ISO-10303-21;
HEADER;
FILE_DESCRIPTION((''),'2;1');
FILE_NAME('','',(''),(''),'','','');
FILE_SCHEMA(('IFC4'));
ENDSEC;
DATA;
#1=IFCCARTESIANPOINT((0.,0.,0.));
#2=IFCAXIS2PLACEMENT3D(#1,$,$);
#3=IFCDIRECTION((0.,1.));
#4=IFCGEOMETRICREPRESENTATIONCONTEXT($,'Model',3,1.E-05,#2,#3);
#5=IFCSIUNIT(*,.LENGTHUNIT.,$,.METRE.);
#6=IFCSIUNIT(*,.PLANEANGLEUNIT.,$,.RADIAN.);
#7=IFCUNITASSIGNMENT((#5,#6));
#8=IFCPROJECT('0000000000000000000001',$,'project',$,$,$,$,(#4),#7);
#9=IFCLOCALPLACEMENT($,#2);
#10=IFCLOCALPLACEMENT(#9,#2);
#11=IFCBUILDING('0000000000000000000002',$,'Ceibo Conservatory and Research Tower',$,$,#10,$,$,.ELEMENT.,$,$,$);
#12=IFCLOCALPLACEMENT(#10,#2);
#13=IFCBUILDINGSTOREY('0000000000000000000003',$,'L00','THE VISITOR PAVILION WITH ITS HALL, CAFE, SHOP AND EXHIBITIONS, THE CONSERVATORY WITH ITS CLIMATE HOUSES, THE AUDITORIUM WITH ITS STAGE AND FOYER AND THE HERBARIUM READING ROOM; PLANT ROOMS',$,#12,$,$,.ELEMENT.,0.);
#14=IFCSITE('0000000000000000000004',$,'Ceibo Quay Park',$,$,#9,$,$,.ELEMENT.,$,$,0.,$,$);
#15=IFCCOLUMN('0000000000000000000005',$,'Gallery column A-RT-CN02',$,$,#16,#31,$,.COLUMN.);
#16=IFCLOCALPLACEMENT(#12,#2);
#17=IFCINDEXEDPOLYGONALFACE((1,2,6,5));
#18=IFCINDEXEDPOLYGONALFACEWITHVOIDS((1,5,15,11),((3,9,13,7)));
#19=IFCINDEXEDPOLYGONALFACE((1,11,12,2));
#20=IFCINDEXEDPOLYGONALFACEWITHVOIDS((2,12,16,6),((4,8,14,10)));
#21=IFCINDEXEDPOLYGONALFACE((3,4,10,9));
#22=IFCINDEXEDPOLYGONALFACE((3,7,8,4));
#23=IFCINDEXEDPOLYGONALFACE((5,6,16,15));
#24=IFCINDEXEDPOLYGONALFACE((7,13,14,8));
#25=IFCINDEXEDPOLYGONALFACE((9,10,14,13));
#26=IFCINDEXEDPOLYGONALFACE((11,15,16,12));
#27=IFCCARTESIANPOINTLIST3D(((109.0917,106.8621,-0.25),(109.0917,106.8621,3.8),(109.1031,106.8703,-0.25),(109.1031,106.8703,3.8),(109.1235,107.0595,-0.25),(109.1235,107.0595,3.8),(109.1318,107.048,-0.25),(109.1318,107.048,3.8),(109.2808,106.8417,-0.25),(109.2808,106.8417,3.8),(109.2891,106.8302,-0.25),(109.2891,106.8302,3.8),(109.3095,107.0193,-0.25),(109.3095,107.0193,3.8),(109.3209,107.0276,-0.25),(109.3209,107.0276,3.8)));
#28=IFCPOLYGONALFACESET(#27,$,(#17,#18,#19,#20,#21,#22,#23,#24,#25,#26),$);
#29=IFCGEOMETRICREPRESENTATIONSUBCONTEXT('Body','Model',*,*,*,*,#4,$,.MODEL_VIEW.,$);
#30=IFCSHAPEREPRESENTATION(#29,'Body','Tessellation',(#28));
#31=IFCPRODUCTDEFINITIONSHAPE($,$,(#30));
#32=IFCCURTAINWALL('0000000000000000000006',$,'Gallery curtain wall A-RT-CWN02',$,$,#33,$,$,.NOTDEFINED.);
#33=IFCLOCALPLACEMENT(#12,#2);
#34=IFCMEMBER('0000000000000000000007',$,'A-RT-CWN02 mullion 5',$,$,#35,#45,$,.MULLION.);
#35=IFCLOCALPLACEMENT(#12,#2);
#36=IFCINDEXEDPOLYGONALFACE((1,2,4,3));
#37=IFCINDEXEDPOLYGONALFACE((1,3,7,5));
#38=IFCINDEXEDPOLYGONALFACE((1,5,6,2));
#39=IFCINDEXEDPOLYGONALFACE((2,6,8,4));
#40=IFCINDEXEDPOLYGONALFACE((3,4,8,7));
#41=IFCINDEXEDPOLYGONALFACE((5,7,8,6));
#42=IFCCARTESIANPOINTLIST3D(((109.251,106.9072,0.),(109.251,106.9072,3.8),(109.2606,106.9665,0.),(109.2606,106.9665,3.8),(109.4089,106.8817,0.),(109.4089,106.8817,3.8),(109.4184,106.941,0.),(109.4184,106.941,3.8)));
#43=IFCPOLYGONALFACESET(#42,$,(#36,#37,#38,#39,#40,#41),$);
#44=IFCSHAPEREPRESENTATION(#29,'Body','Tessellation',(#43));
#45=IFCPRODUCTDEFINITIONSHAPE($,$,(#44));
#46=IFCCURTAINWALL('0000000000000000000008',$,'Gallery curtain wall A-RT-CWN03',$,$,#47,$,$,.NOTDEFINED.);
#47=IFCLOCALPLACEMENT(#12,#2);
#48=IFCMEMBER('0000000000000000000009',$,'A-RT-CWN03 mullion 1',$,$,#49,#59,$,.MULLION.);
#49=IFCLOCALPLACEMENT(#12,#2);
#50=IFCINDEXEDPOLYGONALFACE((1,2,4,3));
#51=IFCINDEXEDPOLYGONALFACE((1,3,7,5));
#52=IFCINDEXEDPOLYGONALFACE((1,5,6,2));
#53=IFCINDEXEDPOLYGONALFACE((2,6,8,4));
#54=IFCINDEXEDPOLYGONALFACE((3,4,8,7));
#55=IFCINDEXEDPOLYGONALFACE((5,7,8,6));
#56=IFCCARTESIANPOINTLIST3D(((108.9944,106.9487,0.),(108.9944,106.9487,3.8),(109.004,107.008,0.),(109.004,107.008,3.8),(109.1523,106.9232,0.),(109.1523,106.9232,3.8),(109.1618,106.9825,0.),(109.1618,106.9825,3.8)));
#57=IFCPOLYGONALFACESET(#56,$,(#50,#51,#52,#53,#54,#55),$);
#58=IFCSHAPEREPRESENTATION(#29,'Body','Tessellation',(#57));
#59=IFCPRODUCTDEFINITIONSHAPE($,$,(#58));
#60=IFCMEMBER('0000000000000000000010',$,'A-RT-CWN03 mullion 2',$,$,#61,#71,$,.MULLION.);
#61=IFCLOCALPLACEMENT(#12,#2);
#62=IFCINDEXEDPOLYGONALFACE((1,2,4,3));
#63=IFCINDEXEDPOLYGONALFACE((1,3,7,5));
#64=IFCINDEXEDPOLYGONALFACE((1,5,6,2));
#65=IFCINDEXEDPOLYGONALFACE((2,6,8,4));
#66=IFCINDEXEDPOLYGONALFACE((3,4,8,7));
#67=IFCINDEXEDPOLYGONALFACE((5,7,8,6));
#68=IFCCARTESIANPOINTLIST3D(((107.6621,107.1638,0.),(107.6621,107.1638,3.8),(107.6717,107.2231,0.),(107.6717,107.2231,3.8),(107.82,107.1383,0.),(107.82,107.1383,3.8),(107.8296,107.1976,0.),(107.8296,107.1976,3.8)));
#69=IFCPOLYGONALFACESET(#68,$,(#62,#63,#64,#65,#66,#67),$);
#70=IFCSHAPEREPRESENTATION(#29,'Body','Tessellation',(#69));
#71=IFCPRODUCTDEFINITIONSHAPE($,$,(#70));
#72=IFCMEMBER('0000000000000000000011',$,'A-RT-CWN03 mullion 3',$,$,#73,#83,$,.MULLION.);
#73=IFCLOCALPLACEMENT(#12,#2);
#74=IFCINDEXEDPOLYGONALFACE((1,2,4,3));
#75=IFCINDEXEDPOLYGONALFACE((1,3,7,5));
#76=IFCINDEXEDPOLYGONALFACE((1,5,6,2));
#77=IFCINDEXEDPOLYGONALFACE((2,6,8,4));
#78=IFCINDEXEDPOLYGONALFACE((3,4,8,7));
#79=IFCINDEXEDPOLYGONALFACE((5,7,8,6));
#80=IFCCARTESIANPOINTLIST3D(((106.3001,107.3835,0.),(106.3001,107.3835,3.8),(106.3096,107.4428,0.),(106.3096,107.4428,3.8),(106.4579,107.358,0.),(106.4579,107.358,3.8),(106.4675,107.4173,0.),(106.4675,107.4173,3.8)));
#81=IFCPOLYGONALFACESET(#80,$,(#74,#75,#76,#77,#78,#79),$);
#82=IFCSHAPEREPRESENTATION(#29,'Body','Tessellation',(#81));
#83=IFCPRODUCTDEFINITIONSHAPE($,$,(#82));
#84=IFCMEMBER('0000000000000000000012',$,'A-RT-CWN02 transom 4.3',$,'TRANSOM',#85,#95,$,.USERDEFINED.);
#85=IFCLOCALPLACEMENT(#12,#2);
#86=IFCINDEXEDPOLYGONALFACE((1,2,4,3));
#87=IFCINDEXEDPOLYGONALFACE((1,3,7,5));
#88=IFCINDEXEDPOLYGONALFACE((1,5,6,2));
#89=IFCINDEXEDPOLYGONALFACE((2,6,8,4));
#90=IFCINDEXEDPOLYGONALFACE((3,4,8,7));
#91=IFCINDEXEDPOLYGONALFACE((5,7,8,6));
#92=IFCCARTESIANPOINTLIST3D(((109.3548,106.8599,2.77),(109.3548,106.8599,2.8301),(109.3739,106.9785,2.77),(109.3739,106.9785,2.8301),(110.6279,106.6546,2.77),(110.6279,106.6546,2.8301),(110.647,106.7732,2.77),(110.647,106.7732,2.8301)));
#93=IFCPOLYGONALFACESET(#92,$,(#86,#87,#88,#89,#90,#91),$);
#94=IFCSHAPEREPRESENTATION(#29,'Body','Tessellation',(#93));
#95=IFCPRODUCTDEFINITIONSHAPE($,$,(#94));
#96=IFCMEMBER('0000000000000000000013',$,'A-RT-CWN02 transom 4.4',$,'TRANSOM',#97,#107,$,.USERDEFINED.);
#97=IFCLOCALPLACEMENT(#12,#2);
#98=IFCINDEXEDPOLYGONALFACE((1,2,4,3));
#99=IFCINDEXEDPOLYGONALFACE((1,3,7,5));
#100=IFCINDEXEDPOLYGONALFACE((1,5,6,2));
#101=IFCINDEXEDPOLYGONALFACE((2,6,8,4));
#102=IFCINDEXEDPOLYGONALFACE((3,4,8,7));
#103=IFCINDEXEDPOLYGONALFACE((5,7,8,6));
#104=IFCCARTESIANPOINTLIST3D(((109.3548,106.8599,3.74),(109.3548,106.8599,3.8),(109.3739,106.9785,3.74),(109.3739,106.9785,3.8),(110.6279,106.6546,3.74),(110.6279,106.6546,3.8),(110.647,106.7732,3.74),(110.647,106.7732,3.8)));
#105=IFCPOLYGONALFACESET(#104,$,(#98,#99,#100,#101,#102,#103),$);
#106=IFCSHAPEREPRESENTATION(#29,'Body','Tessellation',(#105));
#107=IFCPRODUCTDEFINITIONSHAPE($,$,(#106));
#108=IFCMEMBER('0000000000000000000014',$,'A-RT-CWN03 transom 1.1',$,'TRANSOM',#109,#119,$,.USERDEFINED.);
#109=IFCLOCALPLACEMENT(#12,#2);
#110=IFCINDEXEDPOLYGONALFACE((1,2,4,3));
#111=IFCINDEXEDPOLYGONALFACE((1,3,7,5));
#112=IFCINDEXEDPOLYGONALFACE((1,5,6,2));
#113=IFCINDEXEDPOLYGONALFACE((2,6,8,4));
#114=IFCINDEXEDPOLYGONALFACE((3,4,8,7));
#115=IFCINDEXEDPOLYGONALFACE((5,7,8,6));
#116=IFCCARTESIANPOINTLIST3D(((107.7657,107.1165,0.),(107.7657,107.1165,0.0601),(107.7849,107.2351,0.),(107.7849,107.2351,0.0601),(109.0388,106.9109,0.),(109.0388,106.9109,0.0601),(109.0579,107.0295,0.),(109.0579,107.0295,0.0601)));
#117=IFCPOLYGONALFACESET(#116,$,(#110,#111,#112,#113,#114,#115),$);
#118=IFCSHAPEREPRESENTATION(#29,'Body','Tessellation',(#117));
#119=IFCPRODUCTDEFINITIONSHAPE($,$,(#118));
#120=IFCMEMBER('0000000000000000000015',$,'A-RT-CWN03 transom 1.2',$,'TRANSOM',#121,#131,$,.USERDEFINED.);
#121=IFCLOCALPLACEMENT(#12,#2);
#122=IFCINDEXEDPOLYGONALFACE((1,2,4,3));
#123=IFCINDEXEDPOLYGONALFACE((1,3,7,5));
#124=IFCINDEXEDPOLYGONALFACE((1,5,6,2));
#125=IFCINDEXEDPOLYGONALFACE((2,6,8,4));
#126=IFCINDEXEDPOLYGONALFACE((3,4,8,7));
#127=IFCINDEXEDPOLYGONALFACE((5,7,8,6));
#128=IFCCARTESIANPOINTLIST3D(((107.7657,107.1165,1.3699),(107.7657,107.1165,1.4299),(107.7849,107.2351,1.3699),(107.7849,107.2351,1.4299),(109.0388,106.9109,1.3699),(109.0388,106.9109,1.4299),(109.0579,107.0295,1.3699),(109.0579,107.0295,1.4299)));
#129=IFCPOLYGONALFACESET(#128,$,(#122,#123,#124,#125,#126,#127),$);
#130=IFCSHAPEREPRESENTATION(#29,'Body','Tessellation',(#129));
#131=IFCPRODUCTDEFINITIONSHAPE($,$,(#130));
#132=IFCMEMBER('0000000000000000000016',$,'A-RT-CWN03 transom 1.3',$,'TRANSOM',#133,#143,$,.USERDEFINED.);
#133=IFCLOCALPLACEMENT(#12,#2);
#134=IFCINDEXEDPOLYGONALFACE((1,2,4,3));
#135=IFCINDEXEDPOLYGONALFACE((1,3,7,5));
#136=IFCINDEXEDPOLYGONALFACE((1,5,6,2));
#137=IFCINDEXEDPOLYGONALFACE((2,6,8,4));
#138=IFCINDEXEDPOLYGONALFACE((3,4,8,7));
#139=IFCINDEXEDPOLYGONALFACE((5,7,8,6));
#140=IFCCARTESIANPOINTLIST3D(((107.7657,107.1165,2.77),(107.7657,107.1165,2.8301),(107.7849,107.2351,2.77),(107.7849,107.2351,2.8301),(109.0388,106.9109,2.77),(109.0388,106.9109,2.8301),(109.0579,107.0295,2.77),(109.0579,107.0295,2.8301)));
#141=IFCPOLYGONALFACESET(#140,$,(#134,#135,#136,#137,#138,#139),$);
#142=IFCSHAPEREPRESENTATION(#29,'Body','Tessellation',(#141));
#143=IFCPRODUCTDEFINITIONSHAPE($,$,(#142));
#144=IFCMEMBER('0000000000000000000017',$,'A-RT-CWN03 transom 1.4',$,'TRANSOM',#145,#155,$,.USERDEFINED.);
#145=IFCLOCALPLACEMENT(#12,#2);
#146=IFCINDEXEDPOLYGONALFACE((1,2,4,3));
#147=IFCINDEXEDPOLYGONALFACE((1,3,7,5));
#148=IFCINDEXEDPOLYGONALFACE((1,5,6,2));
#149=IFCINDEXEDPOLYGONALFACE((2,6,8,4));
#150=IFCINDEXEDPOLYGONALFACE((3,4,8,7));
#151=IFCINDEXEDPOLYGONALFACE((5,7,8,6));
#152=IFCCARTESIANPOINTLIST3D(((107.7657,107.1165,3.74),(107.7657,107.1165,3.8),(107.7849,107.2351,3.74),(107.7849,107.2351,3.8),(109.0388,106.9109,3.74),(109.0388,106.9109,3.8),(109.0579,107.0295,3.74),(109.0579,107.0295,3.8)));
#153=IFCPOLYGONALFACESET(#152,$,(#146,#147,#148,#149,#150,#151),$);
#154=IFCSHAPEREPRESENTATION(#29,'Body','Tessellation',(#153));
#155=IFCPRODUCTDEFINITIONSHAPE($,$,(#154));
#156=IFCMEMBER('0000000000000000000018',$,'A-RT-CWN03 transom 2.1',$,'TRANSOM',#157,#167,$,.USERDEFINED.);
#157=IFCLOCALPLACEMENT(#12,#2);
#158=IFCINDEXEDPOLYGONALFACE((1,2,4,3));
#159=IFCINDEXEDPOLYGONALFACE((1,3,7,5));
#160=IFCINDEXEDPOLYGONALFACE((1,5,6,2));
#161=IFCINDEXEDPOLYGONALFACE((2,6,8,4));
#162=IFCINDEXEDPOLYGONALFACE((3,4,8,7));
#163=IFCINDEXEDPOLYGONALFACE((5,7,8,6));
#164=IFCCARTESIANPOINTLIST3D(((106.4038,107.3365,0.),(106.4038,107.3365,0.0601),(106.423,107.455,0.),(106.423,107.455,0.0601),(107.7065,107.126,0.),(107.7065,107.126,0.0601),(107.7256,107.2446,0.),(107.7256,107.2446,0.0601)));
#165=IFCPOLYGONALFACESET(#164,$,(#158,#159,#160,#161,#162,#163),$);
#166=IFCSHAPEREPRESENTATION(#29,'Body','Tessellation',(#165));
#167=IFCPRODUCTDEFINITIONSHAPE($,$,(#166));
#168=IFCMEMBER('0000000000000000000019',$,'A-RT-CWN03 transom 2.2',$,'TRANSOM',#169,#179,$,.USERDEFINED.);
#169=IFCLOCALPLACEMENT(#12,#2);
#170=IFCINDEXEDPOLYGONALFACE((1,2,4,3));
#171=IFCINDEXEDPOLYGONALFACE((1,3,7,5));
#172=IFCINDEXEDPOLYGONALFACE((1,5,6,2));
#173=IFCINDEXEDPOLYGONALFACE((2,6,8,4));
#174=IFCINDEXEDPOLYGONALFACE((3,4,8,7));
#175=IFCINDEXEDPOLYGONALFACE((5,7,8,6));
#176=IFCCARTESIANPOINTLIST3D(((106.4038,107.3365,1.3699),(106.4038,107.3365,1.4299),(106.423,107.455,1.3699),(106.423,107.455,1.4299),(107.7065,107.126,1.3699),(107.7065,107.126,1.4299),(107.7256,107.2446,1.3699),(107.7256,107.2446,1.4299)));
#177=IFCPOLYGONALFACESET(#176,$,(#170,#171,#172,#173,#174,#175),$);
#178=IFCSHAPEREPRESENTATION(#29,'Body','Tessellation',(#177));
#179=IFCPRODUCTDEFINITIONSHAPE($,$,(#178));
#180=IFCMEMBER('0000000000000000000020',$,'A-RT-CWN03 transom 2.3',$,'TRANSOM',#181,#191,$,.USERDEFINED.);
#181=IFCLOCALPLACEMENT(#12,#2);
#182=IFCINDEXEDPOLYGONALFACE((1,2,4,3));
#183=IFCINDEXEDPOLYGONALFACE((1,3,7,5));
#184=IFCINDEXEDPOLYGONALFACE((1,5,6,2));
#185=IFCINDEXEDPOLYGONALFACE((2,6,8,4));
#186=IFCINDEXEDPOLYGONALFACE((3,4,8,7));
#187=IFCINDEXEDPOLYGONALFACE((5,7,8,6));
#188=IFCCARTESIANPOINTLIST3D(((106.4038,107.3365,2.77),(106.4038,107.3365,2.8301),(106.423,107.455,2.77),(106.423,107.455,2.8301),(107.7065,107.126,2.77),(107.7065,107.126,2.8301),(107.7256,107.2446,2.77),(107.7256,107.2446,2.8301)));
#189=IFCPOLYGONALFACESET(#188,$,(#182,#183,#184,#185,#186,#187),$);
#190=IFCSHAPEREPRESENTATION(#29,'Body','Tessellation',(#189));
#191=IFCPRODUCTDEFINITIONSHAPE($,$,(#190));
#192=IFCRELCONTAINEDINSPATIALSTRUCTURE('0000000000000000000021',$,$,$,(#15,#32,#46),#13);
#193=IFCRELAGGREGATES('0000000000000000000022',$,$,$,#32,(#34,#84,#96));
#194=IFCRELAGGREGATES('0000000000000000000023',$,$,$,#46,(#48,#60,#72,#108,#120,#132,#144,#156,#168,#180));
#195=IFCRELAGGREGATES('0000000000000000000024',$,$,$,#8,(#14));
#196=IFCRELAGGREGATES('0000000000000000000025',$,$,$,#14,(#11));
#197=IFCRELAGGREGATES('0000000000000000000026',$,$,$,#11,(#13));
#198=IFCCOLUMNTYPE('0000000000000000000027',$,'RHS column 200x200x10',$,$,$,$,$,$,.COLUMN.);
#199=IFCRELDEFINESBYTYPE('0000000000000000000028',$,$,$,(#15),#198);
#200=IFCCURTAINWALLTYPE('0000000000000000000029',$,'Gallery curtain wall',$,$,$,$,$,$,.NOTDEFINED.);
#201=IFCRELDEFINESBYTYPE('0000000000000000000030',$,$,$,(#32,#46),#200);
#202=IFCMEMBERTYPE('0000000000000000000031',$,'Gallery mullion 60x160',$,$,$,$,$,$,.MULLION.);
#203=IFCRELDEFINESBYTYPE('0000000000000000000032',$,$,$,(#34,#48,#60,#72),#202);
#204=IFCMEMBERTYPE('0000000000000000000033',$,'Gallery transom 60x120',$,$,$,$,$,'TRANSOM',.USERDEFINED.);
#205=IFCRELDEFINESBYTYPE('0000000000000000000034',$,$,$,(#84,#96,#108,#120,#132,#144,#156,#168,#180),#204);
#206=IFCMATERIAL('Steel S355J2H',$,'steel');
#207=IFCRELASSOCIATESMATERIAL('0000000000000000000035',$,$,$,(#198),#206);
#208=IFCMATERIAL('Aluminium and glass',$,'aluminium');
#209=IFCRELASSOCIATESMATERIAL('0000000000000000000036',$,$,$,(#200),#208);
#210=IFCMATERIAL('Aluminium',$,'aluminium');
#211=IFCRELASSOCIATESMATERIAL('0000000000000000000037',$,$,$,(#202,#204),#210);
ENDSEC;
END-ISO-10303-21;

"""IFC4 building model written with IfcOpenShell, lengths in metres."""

from ifc_helpers import new_model, si_unit, direction, frame, origin, origin_2d, place, context, subcontext, project, spatial, rectangle, hollow_rectangle, extrude, material, material_profile, profile_set, type_object, element, aggregate, save


model = new_model("IFC4")

# Units and contexts
model_context = context("Model", 3, precision=1e-05, world=origin(), true_north=direction((0.0, 1.0)))
body_context = subcontext(model_context, "Body", "Model", "MODEL_VIEW")
ifc_project = project(units=[si_unit("LENGTHUNIT", "METRE"), si_unit("PLANEANGLEUNIT", "RADIAN")], contexts=[model_context])

# Site, building, storey
site_placement = place(None, origin())
site = spatial("IfcSite", under=ifc_project, at=site_placement, Name="Ceibo Quay Park", CompositionType="ELEMENT", RefElevation=0.0)
building_placement = place(site_placement, origin())
building = spatial("IfcBuilding", under=site, at=building_placement, Name="Ceibo Conservatory and Research Tower", CompositionType="ELEMENT")
storey_placement = place(building_placement, origin())
storey = spatial("IfcBuildingStorey", under=building, at=storey_placement, Name="L00", Description="THE VISITOR PAVILION WITH ITS HALL, CAFE, SHOP AND EXHIBITIONS, THE CONSERVATORY WITH ITS CLIMATE HOUSES, THE AUDITORIUM WITH ITS STAGE AND FOYER AND THE HERBARIUM READING ROOM; PLANT ROOMS", CompositionType="ELEMENT", Elevation=0.0)

# Column
ifc_material_1 = material(Name="Steel S355J2H", Category="steel")
ifc_material_profile_1 = material_profile(ifc_material_1, hollow_rectangle(XDim=0.2, YDim=0.2, WallThickness=0.01, at=origin_2d()), Name="RHS column 200x200x10")
ifc_profile_set_1 = profile_set([ifc_material_profile_1], Name="Steel S355J2H")
column_type = type_object("IfcColumnType", Name="RHS column 200x200x10", PredefinedType="COLUMN", material=ifc_profile_set_1)
column_placement = place(storey_placement, frame((109.2063, 106.9448, -0.25), z_axis=(0.0, 0.0, 1.0), x_axis=(-0.987216, 0.159391, 0.0)))
element("IfcColumn", 1, at=column_placement, inside=storey, type_object=column_type, Name="Gallery column A-RT-CN02", PredefinedType="COLUMN", context=body_context, shape_type="SweptSolid", body=[
    extrude(hollow_rectangle(XDim=0.2, YDim=0.2, WallThickness=0.01, at=origin_2d()), origin(), (0.0, 0.0, 1.0), 4.05),
])

# Curtain wall, member
ifc_material_2 = material(Name="Aluminium and glass", Category="aluminium")
curtain_wall_type = type_object("IfcCurtainWallType", Name="Gallery curtain wall", PredefinedType="NOTDEFINED", material=ifc_material_2)
curtain_wall_1_placement = place(storey_placement, origin())
curtain_wall_1 = element("IfcCurtainWall", 2, at=curtain_wall_1_placement, inside=storey, type_object=curtain_wall_type, Name="Gallery curtain wall A-RT-CWN02", PredefinedType="NOTDEFINED")
ifc_material_3 = material(Name="Aluminium", Category="aluminium")
ifc_material_profile_2 = material_profile(ifc_material_3, rectangle(XDim=0.0601, YDim=0.1599, at=origin_2d()), Name="AL 60x160")
ifc_profile_set_2 = profile_set([ifc_material_profile_2], Name="Aluminium")
member_type_1 = type_object("IfcMemberType", Name="Gallery mullion 60x160", PredefinedType="MULLION", material=ifc_profile_set_2)
member_1_placement = place(storey_placement, frame((109.3347, 106.9241, 0.0), z_axis=(0.0, 0.0, 1.0), x_axis=(-0.159391, -0.987216, 0.0)))
member_1 = element("IfcMember", 3, at=member_1_placement, type_object=member_type_1, Name="A-RT-CWN02 mullion 5", PredefinedType="MULLION", context=body_context, shape_type="SweptSolid", body=[
    extrude(rectangle(XDim=0.0601, YDim=0.1599, at=origin_2d()), origin(), (0.0, 0.0, 1.0), 3.8),
])

# Curtain wall, members
curtain_wall_2_placement = place(storey_placement, origin())
curtain_wall_2 = element("IfcCurtainWall", 4, at=curtain_wall_2_placement, inside=storey, type_object=curtain_wall_type, Name="Gallery curtain wall A-RT-CWN03", PredefinedType="NOTDEFINED")
member_2_placement = place(storey_placement, frame((109.0781, 106.9656, 0.0), z_axis=(0.0, 0.0, 1.0), x_axis=(-0.159391, -0.987216, 0.0)))
member_2 = element("IfcMember", 5, at=member_2_placement, type_object=member_type_1, Name="A-RT-CWN03 mullion 1", PredefinedType="MULLION", context=body_context, shape_type="SweptSolid", body=[
    extrude(rectangle(XDim=0.0601, YDim=0.1599, at=origin_2d()), origin(), (0.0, 0.0, 1.0), 3.8),
])
member_3_placement = place(storey_placement, frame((107.7458, 107.1807, 0.0), z_axis=(0.0, 0.0, 1.0), x_axis=(-0.159391, -0.987216, 0.0)))
member_3 = element("IfcMember", 6, at=member_3_placement, type_object=member_type_1, Name="A-RT-CWN03 mullion 2", PredefinedType="MULLION", context=body_context, shape_type="SweptSolid", body=[
    extrude(rectangle(XDim=0.0601, YDim=0.1599, at=origin_2d()), origin(), (0.0, 0.0, 1.0), 3.8),
])
member_4_placement = place(storey_placement, frame((106.3838, 107.4004, 0.0), z_axis=(0.0, 0.0, 1.0), x_axis=(-0.159391, -0.987216, 0.0)))
member_4 = element("IfcMember", 7, at=member_4_placement, type_object=member_type_1, Name="A-RT-CWN03 mullion 3", PredefinedType="MULLION", context=body_context, shape_type="SweptSolid", body=[
    extrude(rectangle(XDim=0.0601, YDim=0.1599, at=origin_2d()), origin(), (0.0, 0.0, 1.0), 3.8),
])

# Members
ifc_material_profile_3 = material_profile(ifc_material_3, rectangle(XDim=0.1201, YDim=0.0601, at=origin_2d()), Name="AL 60x120")
ifc_profile_set_3 = profile_set([ifc_material_profile_3], Name="Aluminium")
member_type_2 = type_object("IfcMemberType", Name="Gallery transom 60x120", ElementType="TRANSOM", PredefinedType="USERDEFINED", material=ifc_profile_set_3)
member_5_placement = place(storey_placement, frame((110.6375, 106.7139, 2.8), z_axis=(-0.987245, 0.159209, 0.0), x_axis=(-0.159209, -0.987245, 0.0)))
member_5 = element("IfcMember", 8, at=member_5_placement, type_object=member_type_2, Name="A-RT-CWN02 transom 4.3", ObjectType="TRANSOM", PredefinedType="USERDEFINED", context=body_context, shape_type="SweptSolid", body=[
    extrude(rectangle(XDim=0.1201, YDim=0.0601, at=origin_2d()), origin(), (0.0, 0.0, 1.0), 1.2896),
])
member_6_placement = place(storey_placement, frame((110.6375, 106.7139, 3.77), z_axis=(-0.987245, 0.159209, 0.0), x_axis=(-0.159209, -0.987245, 0.0)))
member_6 = element("IfcMember", 9, at=member_6_placement, type_object=member_type_2, Name="A-RT-CWN02 transom 4.4", ObjectType="TRANSOM", PredefinedType="USERDEFINED", context=body_context, shape_type="SweptSolid", body=[
    extrude(rectangle(XDim=0.1201, YDim=0.0601, at=origin_2d()), origin(), (0.0, 0.0, 1.0), 1.2896),
])
member_7_placement = place(storey_placement, frame((109.0483, 106.9702, 0.03), z_axis=(-0.98721, 0.159423, 0.0), x_axis=(-0.159423, -0.98721, 0.0)))
member_7 = element("IfcMember", 10, at=member_7_placement, type_object=member_type_2, Name="A-RT-CWN03 transom 1.1", ObjectType="TRANSOM", PredefinedType="USERDEFINED", context=body_context, shape_type="SweptSolid", body=[
    extrude(rectangle(XDim=0.1201, YDim=0.0601, at=origin_2d()), origin(), (0.0, 0.0, 1.0), 1.2896),
])
member_8_placement = place(storey_placement, frame((109.0483, 106.9702, 1.3999), z_axis=(-0.98721, 0.159423, 0.0), x_axis=(-0.159423, -0.98721, 0.0)))
member_8 = element("IfcMember", 11, at=member_8_placement, type_object=member_type_2, Name="A-RT-CWN03 transom 1.2", ObjectType="TRANSOM", PredefinedType="USERDEFINED", context=body_context, shape_type="SweptSolid", body=[
    extrude(rectangle(XDim=0.1201, YDim=0.0601, at=origin_2d()), origin(), (0.0, 0.0, 1.0), 1.2896),
])
member_9_placement = place(storey_placement, frame((109.0483, 106.9702, 2.8), z_axis=(-0.98721, 0.159423, 0.0), x_axis=(-0.159423, -0.98721, 0.0)))
member_9 = element("IfcMember", 12, at=member_9_placement, type_object=member_type_2, Name="A-RT-CWN03 transom 1.3", ObjectType="TRANSOM", PredefinedType="USERDEFINED", context=body_context, shape_type="SweptSolid", body=[
    extrude(rectangle(XDim=0.1201, YDim=0.0601, at=origin_2d()), origin(), (0.0, 0.0, 1.0), 1.2896),
])
member_10_placement = place(storey_placement, frame((109.0483, 106.9702, 3.77), z_axis=(-0.98721, 0.159423, 0.0), x_axis=(-0.159423, -0.98721, 0.0)))
member_10 = element("IfcMember", 13, at=member_10_placement, type_object=member_type_2, Name="A-RT-CWN03 transom 1.4", ObjectType="TRANSOM", PredefinedType="USERDEFINED", context=body_context, shape_type="SweptSolid", body=[
    extrude(rectangle(XDim=0.1201, YDim=0.0601, at=origin_2d()), origin(), (0.0, 0.0, 1.0), 1.2896),
])
member_11_placement = place(storey_placement, frame((107.7161, 107.1853, 0.03), z_axis=(-0.987202, 0.159477, 0.0), x_axis=(-0.159477, -0.987202, 0.0)))
member_11 = element("IfcMember", 14, at=member_11_placement, type_object=member_type_2, Name="A-RT-CWN03 transom 2.1", ObjectType="TRANSOM", PredefinedType="USERDEFINED", context=body_context, shape_type="SweptSolid", body=[
    extrude(rectangle(XDim=0.1201, YDim=0.0601, at=origin_2d()), origin(), (0.0, 0.0, 1.0), 1.3196),
])
member_12_placement = place(storey_placement, frame((107.7161, 107.1853, 1.3999), z_axis=(-0.987202, 0.159477, 0.0), x_axis=(-0.159477, -0.987202, 0.0)))
member_12 = element("IfcMember", 15, at=member_12_placement, type_object=member_type_2, Name="A-RT-CWN03 transom 2.2", ObjectType="TRANSOM", PredefinedType="USERDEFINED", context=body_context, shape_type="SweptSolid", body=[
    extrude(rectangle(XDim=0.1201, YDim=0.0601, at=origin_2d()), origin(), (0.0, 0.0, 1.0), 1.3196),
])
member_13_placement = place(storey_placement, frame((107.7161, 107.1853, 2.8), z_axis=(-0.987202, 0.159477, 0.0), x_axis=(-0.159477, -0.987202, 0.0)))
member_13 = element("IfcMember", 16, at=member_13_placement, type_object=member_type_2, Name="A-RT-CWN03 transom 2.3", ObjectType="TRANSOM", PredefinedType="USERDEFINED", context=body_context, shape_type="SweptSolid", body=[
    extrude(rectangle(XDim=0.1201, YDim=0.0601, at=origin_2d()), origin(), (0.0, 0.0, 1.0), 1.3196),
])

aggregate(curtain_wall_1, [member_1, member_5, member_6])
aggregate(curtain_wall_2, [member_2, member_3, member_4, member_7, member_8, member_9, member_10, member_11, member_12, member_13])

save(model, "model.ifc")
